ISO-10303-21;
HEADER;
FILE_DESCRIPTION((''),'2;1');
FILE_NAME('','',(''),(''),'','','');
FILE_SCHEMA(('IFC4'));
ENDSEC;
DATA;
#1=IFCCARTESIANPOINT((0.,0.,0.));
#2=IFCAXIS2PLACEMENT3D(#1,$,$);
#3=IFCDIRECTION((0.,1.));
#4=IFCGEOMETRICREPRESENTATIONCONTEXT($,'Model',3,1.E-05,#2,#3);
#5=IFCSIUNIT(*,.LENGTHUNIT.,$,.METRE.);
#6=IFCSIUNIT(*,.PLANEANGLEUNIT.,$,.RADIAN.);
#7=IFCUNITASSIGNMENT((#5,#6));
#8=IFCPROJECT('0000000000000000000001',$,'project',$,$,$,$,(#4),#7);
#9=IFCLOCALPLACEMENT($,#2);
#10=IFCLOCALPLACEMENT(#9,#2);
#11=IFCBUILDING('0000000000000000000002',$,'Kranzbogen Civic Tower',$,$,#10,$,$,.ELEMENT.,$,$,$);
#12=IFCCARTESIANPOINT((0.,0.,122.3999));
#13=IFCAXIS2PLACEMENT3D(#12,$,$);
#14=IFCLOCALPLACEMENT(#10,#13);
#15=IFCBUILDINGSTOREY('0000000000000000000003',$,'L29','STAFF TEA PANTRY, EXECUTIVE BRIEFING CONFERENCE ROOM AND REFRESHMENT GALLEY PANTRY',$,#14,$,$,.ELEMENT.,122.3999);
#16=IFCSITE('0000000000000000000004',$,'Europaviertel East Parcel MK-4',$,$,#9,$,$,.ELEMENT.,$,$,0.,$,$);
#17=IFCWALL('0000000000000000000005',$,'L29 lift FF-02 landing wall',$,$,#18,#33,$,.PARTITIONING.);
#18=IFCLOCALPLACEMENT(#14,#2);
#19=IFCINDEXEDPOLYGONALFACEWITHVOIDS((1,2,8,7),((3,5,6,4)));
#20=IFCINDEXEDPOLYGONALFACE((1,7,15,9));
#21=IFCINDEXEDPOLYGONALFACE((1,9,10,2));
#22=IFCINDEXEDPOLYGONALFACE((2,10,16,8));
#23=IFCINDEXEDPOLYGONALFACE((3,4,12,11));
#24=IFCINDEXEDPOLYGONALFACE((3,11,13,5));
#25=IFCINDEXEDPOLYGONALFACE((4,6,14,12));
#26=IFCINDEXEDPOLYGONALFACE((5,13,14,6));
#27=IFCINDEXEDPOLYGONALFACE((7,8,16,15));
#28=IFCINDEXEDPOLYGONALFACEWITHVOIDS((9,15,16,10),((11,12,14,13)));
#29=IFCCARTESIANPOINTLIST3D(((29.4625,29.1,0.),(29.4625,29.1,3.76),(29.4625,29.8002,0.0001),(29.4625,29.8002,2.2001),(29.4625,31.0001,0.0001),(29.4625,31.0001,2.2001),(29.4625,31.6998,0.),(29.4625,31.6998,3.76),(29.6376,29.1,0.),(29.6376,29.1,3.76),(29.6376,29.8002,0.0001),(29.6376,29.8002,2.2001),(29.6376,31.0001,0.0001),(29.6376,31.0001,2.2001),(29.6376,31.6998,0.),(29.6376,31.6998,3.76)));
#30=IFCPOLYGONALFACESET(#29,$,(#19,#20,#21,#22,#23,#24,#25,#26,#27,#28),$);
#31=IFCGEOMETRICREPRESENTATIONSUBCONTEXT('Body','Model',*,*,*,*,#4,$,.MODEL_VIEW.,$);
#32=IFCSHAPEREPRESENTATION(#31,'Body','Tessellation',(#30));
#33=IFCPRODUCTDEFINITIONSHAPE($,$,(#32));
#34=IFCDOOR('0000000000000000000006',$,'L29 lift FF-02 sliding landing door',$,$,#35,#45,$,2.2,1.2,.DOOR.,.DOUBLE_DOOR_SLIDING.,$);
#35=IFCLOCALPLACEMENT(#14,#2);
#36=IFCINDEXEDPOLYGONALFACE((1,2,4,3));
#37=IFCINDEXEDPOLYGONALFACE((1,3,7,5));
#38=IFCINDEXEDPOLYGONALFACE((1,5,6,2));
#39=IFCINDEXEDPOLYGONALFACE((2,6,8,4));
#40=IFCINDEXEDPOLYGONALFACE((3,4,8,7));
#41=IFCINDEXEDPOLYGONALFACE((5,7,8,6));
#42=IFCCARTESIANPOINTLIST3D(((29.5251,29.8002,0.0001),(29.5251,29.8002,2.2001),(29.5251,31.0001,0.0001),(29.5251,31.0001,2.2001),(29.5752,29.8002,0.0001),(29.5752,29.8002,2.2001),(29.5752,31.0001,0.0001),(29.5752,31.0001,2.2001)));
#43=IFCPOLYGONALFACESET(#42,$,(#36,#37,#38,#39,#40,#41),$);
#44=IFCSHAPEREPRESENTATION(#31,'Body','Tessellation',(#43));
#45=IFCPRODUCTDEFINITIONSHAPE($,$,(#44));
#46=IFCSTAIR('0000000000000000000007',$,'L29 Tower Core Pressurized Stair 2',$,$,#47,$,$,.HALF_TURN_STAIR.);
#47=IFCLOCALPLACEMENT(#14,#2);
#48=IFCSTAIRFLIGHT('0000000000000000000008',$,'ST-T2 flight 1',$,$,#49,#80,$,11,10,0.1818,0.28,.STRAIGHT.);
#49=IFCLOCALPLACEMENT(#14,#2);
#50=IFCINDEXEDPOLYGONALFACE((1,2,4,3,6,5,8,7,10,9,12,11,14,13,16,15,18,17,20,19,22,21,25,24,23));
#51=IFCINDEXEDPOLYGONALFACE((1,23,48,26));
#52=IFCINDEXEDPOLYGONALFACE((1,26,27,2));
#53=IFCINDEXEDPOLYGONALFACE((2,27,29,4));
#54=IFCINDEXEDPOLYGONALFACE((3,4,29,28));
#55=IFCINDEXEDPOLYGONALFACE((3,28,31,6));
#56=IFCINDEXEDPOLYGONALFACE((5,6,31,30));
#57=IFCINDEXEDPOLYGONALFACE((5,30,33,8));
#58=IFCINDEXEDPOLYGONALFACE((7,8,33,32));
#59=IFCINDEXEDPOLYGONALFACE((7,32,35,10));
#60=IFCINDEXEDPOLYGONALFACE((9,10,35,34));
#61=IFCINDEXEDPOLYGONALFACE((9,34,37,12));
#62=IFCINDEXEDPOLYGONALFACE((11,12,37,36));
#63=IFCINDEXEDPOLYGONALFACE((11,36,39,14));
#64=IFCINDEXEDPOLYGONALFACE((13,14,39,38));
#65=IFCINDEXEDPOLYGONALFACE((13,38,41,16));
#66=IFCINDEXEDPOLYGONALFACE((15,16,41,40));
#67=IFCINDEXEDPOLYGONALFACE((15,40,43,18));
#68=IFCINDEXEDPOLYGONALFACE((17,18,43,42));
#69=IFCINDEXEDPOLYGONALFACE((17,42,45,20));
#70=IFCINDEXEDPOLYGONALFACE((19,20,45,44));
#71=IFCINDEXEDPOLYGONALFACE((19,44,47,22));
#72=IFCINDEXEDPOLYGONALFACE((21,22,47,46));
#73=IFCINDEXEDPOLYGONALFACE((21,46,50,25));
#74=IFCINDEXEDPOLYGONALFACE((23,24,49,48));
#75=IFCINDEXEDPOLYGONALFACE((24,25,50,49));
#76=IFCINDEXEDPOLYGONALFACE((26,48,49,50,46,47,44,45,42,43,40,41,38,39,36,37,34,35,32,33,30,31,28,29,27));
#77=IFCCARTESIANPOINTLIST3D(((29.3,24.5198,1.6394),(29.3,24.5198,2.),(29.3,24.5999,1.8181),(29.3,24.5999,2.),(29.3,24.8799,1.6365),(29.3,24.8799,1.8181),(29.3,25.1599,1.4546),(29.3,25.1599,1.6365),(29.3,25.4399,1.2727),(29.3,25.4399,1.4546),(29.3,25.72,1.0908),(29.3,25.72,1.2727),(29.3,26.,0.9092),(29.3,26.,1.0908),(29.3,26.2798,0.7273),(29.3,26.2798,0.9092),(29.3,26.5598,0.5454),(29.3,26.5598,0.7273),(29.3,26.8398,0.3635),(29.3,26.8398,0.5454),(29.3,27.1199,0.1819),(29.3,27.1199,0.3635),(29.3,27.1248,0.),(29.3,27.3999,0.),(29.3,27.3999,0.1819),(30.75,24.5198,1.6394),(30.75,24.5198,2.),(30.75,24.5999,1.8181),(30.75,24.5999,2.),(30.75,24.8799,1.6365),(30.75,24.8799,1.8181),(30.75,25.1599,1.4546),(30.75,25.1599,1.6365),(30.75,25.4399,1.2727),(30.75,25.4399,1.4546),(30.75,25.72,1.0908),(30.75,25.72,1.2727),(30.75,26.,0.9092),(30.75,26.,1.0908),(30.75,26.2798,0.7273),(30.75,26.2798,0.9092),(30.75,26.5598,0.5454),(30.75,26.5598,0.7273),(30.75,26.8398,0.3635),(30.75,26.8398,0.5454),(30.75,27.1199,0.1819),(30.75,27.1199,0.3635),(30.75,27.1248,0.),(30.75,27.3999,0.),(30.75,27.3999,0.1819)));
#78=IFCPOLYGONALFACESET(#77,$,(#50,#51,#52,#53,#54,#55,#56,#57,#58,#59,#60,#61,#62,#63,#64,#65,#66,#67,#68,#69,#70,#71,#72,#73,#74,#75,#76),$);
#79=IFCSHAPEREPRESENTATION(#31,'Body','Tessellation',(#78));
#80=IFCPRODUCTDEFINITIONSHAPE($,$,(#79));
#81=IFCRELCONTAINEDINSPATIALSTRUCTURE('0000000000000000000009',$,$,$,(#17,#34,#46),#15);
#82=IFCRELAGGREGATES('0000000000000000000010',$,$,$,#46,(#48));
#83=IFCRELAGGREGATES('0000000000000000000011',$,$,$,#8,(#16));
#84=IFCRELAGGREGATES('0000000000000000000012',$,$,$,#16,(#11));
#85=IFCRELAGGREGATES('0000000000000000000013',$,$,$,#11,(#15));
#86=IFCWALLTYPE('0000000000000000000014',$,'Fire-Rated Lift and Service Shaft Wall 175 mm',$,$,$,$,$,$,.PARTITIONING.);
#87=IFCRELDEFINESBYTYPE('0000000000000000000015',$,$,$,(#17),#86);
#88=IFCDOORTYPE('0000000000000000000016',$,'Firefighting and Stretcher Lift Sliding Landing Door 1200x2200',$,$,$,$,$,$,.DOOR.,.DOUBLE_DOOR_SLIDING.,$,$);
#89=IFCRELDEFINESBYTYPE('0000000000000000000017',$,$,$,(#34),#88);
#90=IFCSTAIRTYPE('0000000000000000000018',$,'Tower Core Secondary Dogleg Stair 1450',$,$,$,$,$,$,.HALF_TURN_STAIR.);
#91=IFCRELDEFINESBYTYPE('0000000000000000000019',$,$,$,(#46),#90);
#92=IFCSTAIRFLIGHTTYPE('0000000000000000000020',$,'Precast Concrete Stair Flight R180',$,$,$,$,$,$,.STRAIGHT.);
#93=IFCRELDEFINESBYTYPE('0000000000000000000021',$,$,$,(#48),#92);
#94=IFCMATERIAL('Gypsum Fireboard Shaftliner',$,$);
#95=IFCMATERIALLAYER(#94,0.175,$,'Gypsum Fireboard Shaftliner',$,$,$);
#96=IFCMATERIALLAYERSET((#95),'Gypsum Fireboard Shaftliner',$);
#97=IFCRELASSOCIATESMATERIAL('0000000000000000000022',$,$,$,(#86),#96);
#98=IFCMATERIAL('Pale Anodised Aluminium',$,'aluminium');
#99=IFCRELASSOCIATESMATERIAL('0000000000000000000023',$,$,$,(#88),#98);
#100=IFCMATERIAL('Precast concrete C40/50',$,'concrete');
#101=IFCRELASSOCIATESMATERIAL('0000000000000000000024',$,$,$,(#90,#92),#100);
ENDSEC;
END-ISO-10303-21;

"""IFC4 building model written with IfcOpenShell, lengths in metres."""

from ifc_helpers import new_model, si_unit, direction, frame, frame_2d, origin, place, context, subcontext, project, spatial, polyline, rectangle, outline, extrude, material, layer, layer_set, type_object, element, fill, aggregate, save


model = new_model("IFC4")

# Units and contexts
model_context = context("Model", 3, precision=1e-05, world=origin(), true_north=direction((0.0, 1.0)))
body_context = subcontext(model_context, "Body", "Model", "MODEL_VIEW")
ifc_project = project(units=[si_unit("LENGTHUNIT", "METRE"), si_unit("PLANEANGLEUNIT", "RADIAN")], contexts=[model_context])

# Site, building, storey
site_placement = place(None, origin())
site = spatial("IfcSite", under=ifc_project, at=site_placement, Name="Europaviertel East Parcel MK-4", CompositionType="ELEMENT", RefElevation=0.0)
building_placement = place(site_placement, origin())
building = spatial("IfcBuilding", under=site, at=building_placement, Name="Kranzbogen Civic Tower", CompositionType="ELEMENT")
storey_placement = place(building_placement, frame((0.0, 0.0, 122.3999)))
storey = spatial("IfcBuildingStorey", under=building, at=storey_placement, Name="L29", Description="STAFF TEA PANTRY, EXECUTIVE BRIEFING CONFERENCE ROOM AND REFRESHMENT GALLEY PANTRY", CompositionType="ELEMENT", Elevation=122.3999)

# Shared definitions
ifc_material_1 = material(Name="Pale Anodised Aluminium", Category="aluminium")

# Shared definitions
ifc_material_2 = material(Name="Gypsum Fireboard Shaftliner")
ifc_layer_1 = layer(ifc_material_2, 0.175, Name="Gypsum Fireboard Shaftliner")
ifc_layer_set_1 = layer_set([ifc_layer_1], Name="Gypsum Fireboard Shaftliner")
wall_type_1 = type_object("IfcWallType", Name="Fire-Rated Lift and Service Shaft Wall 175 mm", PredefinedType="PARTITIONING", material=ifc_layer_set_1)

# Wall, opening, door
wall_1_placement = place(storey_placement, frame((29.55, 29.1001, 0.0), z_axis=(0.0, 0.0, 1.0), x_axis=(0.0, 1.0, 0.0)))
wall_1 = element("IfcWall", 1, at=wall_1_placement, inside=storey, type_object=wall_type_1, Name="L29 lift FF-02 landing wall", PredefinedType="PARTITIONING", context=body_context, shape_type="SweptSolid", body=[
    extrude(rectangle(XDim=2.5999, YDim=0.175, at=frame_2d((1.2998, 0.0))), origin(), (0.0, 0.0, 1.0), 3.76),
])
opening_1_placement = place(wall_1_placement, frame((0.7, 0.0, 0.0)))
opening_1 = element("IfcOpeningElement", 2, at=opening_1_placement, cuts=wall_1, PredefinedType="OPENING", context=body_context, shape_type="SweptSolid", body=[
    extrude(rectangle(XDim=1.2, YDim=2.2, at=frame_2d((0.6001, 1.1001))), frame((0.0, 0.0977, 0.0), z_axis=(0.0, -1.0, 0.0), x_axis=(1.0, 0.0, 0.0)), (0.0, 0.0, 1.0), 0.1951),
])
door_type_1 = type_object("IfcDoorType", Name="Firefighting and Stretcher Lift Sliding Landing Door 1200x2200", OperationType="DOUBLE_DOOR_SLIDING", PredefinedType="DOOR", material=ifc_material_1)
door_1_placement = place(opening_1_placement, origin())
door_1 = element("IfcDoor", 3, at=door_1_placement, inside=storey, type_object=door_type_1, Name="L29 lift FF-02 sliding landing door", OperationType="DOUBLE_DOOR_SLIDING", OverallHeight=2.2, OverallWidth=1.2, PredefinedType="DOOR", context=body_context, shape_type="SweptSolid", body=[
    extrude(rectangle(XDim=1.2, YDim=2.2, at=frame_2d((0.6001, 1.1001))), frame((0.0, 0.0249, 0.0), z_axis=(0.0, -1.0, 0.0), x_axis=(1.0, 0.0, 0.0)), (0.0, 0.0, 1.0), 0.05),
])
fill(opening_1, door_1)

# Stair, stair flight
ifc_material_3 = material(Name="Precast concrete C40/50", Category="concrete")
stair_type = type_object("IfcStairType", Name="Tower Core Secondary Dogleg Stair 1450", PredefinedType="HALF_TURN_STAIR", material=ifc_material_3)
stair_placement = place(storey_placement, origin())
stair = element("IfcStair", 4, at=stair_placement, inside=storey, type_object=stair_type, Name="L29 Tower Core Pressurized Stair 2", PredefinedType="HALF_TURN_STAIR")
stair_flight_type = type_object("IfcStairFlightType", Name="Precast Concrete Stair Flight R180", PredefinedType="STRAIGHT", material=ifc_material_3)
stair_flight_placement = place(storey_placement, frame((30.0249, 27.3999, 0.0), z_axis=(0.0, 0.0, 1.0), x_axis=(0.0, -1.0, 0.0)))
stair_flight = element("IfcStairFlight", 5, at=stair_flight_placement, type_object=stair_flight_type, Name="ST-T2 flight 1", NumberOfRisers=11, NumberOfTreads=10, PredefinedType="STRAIGHT", RiserHeight=0.1818, TreadLength=0.28, context=body_context, shape_type="SweptSolid", body=[
    extrude(outline(polyline([(0.0, 0.0), (0.0, 0.1819), (0.28, 0.1819), (0.28, 0.3635), (0.5601, 0.3635), (0.5601, 0.5454), (0.8401, 0.5454), (0.8401, 0.7273), (1.1201, 0.7273), (1.1201, 0.9092), (1.3999, 0.9092), (1.3999, 1.0908), (1.6799, 1.0908), (1.6799, 1.2727), (1.96, 1.2727), (1.96, 1.4546), (2.24, 1.4546), (2.24, 1.6365), (2.52, 1.6365), (2.52, 1.8181), (2.8, 1.8181), (2.8, 2.0), (2.8801, 2.0), (2.8801, 1.6394), (0.2751, 0.0), (0.0, 0.0)])), frame((0.0, 0.7251, 0.0), z_axis=(0.0, -1.0, 0.0), x_axis=(1.0, 0.0, 0.0)), (0.0, 0.0, 1.0), 1.45),
])
aggregate(stair, [stair_flight])

save(model, "model.ifc")
